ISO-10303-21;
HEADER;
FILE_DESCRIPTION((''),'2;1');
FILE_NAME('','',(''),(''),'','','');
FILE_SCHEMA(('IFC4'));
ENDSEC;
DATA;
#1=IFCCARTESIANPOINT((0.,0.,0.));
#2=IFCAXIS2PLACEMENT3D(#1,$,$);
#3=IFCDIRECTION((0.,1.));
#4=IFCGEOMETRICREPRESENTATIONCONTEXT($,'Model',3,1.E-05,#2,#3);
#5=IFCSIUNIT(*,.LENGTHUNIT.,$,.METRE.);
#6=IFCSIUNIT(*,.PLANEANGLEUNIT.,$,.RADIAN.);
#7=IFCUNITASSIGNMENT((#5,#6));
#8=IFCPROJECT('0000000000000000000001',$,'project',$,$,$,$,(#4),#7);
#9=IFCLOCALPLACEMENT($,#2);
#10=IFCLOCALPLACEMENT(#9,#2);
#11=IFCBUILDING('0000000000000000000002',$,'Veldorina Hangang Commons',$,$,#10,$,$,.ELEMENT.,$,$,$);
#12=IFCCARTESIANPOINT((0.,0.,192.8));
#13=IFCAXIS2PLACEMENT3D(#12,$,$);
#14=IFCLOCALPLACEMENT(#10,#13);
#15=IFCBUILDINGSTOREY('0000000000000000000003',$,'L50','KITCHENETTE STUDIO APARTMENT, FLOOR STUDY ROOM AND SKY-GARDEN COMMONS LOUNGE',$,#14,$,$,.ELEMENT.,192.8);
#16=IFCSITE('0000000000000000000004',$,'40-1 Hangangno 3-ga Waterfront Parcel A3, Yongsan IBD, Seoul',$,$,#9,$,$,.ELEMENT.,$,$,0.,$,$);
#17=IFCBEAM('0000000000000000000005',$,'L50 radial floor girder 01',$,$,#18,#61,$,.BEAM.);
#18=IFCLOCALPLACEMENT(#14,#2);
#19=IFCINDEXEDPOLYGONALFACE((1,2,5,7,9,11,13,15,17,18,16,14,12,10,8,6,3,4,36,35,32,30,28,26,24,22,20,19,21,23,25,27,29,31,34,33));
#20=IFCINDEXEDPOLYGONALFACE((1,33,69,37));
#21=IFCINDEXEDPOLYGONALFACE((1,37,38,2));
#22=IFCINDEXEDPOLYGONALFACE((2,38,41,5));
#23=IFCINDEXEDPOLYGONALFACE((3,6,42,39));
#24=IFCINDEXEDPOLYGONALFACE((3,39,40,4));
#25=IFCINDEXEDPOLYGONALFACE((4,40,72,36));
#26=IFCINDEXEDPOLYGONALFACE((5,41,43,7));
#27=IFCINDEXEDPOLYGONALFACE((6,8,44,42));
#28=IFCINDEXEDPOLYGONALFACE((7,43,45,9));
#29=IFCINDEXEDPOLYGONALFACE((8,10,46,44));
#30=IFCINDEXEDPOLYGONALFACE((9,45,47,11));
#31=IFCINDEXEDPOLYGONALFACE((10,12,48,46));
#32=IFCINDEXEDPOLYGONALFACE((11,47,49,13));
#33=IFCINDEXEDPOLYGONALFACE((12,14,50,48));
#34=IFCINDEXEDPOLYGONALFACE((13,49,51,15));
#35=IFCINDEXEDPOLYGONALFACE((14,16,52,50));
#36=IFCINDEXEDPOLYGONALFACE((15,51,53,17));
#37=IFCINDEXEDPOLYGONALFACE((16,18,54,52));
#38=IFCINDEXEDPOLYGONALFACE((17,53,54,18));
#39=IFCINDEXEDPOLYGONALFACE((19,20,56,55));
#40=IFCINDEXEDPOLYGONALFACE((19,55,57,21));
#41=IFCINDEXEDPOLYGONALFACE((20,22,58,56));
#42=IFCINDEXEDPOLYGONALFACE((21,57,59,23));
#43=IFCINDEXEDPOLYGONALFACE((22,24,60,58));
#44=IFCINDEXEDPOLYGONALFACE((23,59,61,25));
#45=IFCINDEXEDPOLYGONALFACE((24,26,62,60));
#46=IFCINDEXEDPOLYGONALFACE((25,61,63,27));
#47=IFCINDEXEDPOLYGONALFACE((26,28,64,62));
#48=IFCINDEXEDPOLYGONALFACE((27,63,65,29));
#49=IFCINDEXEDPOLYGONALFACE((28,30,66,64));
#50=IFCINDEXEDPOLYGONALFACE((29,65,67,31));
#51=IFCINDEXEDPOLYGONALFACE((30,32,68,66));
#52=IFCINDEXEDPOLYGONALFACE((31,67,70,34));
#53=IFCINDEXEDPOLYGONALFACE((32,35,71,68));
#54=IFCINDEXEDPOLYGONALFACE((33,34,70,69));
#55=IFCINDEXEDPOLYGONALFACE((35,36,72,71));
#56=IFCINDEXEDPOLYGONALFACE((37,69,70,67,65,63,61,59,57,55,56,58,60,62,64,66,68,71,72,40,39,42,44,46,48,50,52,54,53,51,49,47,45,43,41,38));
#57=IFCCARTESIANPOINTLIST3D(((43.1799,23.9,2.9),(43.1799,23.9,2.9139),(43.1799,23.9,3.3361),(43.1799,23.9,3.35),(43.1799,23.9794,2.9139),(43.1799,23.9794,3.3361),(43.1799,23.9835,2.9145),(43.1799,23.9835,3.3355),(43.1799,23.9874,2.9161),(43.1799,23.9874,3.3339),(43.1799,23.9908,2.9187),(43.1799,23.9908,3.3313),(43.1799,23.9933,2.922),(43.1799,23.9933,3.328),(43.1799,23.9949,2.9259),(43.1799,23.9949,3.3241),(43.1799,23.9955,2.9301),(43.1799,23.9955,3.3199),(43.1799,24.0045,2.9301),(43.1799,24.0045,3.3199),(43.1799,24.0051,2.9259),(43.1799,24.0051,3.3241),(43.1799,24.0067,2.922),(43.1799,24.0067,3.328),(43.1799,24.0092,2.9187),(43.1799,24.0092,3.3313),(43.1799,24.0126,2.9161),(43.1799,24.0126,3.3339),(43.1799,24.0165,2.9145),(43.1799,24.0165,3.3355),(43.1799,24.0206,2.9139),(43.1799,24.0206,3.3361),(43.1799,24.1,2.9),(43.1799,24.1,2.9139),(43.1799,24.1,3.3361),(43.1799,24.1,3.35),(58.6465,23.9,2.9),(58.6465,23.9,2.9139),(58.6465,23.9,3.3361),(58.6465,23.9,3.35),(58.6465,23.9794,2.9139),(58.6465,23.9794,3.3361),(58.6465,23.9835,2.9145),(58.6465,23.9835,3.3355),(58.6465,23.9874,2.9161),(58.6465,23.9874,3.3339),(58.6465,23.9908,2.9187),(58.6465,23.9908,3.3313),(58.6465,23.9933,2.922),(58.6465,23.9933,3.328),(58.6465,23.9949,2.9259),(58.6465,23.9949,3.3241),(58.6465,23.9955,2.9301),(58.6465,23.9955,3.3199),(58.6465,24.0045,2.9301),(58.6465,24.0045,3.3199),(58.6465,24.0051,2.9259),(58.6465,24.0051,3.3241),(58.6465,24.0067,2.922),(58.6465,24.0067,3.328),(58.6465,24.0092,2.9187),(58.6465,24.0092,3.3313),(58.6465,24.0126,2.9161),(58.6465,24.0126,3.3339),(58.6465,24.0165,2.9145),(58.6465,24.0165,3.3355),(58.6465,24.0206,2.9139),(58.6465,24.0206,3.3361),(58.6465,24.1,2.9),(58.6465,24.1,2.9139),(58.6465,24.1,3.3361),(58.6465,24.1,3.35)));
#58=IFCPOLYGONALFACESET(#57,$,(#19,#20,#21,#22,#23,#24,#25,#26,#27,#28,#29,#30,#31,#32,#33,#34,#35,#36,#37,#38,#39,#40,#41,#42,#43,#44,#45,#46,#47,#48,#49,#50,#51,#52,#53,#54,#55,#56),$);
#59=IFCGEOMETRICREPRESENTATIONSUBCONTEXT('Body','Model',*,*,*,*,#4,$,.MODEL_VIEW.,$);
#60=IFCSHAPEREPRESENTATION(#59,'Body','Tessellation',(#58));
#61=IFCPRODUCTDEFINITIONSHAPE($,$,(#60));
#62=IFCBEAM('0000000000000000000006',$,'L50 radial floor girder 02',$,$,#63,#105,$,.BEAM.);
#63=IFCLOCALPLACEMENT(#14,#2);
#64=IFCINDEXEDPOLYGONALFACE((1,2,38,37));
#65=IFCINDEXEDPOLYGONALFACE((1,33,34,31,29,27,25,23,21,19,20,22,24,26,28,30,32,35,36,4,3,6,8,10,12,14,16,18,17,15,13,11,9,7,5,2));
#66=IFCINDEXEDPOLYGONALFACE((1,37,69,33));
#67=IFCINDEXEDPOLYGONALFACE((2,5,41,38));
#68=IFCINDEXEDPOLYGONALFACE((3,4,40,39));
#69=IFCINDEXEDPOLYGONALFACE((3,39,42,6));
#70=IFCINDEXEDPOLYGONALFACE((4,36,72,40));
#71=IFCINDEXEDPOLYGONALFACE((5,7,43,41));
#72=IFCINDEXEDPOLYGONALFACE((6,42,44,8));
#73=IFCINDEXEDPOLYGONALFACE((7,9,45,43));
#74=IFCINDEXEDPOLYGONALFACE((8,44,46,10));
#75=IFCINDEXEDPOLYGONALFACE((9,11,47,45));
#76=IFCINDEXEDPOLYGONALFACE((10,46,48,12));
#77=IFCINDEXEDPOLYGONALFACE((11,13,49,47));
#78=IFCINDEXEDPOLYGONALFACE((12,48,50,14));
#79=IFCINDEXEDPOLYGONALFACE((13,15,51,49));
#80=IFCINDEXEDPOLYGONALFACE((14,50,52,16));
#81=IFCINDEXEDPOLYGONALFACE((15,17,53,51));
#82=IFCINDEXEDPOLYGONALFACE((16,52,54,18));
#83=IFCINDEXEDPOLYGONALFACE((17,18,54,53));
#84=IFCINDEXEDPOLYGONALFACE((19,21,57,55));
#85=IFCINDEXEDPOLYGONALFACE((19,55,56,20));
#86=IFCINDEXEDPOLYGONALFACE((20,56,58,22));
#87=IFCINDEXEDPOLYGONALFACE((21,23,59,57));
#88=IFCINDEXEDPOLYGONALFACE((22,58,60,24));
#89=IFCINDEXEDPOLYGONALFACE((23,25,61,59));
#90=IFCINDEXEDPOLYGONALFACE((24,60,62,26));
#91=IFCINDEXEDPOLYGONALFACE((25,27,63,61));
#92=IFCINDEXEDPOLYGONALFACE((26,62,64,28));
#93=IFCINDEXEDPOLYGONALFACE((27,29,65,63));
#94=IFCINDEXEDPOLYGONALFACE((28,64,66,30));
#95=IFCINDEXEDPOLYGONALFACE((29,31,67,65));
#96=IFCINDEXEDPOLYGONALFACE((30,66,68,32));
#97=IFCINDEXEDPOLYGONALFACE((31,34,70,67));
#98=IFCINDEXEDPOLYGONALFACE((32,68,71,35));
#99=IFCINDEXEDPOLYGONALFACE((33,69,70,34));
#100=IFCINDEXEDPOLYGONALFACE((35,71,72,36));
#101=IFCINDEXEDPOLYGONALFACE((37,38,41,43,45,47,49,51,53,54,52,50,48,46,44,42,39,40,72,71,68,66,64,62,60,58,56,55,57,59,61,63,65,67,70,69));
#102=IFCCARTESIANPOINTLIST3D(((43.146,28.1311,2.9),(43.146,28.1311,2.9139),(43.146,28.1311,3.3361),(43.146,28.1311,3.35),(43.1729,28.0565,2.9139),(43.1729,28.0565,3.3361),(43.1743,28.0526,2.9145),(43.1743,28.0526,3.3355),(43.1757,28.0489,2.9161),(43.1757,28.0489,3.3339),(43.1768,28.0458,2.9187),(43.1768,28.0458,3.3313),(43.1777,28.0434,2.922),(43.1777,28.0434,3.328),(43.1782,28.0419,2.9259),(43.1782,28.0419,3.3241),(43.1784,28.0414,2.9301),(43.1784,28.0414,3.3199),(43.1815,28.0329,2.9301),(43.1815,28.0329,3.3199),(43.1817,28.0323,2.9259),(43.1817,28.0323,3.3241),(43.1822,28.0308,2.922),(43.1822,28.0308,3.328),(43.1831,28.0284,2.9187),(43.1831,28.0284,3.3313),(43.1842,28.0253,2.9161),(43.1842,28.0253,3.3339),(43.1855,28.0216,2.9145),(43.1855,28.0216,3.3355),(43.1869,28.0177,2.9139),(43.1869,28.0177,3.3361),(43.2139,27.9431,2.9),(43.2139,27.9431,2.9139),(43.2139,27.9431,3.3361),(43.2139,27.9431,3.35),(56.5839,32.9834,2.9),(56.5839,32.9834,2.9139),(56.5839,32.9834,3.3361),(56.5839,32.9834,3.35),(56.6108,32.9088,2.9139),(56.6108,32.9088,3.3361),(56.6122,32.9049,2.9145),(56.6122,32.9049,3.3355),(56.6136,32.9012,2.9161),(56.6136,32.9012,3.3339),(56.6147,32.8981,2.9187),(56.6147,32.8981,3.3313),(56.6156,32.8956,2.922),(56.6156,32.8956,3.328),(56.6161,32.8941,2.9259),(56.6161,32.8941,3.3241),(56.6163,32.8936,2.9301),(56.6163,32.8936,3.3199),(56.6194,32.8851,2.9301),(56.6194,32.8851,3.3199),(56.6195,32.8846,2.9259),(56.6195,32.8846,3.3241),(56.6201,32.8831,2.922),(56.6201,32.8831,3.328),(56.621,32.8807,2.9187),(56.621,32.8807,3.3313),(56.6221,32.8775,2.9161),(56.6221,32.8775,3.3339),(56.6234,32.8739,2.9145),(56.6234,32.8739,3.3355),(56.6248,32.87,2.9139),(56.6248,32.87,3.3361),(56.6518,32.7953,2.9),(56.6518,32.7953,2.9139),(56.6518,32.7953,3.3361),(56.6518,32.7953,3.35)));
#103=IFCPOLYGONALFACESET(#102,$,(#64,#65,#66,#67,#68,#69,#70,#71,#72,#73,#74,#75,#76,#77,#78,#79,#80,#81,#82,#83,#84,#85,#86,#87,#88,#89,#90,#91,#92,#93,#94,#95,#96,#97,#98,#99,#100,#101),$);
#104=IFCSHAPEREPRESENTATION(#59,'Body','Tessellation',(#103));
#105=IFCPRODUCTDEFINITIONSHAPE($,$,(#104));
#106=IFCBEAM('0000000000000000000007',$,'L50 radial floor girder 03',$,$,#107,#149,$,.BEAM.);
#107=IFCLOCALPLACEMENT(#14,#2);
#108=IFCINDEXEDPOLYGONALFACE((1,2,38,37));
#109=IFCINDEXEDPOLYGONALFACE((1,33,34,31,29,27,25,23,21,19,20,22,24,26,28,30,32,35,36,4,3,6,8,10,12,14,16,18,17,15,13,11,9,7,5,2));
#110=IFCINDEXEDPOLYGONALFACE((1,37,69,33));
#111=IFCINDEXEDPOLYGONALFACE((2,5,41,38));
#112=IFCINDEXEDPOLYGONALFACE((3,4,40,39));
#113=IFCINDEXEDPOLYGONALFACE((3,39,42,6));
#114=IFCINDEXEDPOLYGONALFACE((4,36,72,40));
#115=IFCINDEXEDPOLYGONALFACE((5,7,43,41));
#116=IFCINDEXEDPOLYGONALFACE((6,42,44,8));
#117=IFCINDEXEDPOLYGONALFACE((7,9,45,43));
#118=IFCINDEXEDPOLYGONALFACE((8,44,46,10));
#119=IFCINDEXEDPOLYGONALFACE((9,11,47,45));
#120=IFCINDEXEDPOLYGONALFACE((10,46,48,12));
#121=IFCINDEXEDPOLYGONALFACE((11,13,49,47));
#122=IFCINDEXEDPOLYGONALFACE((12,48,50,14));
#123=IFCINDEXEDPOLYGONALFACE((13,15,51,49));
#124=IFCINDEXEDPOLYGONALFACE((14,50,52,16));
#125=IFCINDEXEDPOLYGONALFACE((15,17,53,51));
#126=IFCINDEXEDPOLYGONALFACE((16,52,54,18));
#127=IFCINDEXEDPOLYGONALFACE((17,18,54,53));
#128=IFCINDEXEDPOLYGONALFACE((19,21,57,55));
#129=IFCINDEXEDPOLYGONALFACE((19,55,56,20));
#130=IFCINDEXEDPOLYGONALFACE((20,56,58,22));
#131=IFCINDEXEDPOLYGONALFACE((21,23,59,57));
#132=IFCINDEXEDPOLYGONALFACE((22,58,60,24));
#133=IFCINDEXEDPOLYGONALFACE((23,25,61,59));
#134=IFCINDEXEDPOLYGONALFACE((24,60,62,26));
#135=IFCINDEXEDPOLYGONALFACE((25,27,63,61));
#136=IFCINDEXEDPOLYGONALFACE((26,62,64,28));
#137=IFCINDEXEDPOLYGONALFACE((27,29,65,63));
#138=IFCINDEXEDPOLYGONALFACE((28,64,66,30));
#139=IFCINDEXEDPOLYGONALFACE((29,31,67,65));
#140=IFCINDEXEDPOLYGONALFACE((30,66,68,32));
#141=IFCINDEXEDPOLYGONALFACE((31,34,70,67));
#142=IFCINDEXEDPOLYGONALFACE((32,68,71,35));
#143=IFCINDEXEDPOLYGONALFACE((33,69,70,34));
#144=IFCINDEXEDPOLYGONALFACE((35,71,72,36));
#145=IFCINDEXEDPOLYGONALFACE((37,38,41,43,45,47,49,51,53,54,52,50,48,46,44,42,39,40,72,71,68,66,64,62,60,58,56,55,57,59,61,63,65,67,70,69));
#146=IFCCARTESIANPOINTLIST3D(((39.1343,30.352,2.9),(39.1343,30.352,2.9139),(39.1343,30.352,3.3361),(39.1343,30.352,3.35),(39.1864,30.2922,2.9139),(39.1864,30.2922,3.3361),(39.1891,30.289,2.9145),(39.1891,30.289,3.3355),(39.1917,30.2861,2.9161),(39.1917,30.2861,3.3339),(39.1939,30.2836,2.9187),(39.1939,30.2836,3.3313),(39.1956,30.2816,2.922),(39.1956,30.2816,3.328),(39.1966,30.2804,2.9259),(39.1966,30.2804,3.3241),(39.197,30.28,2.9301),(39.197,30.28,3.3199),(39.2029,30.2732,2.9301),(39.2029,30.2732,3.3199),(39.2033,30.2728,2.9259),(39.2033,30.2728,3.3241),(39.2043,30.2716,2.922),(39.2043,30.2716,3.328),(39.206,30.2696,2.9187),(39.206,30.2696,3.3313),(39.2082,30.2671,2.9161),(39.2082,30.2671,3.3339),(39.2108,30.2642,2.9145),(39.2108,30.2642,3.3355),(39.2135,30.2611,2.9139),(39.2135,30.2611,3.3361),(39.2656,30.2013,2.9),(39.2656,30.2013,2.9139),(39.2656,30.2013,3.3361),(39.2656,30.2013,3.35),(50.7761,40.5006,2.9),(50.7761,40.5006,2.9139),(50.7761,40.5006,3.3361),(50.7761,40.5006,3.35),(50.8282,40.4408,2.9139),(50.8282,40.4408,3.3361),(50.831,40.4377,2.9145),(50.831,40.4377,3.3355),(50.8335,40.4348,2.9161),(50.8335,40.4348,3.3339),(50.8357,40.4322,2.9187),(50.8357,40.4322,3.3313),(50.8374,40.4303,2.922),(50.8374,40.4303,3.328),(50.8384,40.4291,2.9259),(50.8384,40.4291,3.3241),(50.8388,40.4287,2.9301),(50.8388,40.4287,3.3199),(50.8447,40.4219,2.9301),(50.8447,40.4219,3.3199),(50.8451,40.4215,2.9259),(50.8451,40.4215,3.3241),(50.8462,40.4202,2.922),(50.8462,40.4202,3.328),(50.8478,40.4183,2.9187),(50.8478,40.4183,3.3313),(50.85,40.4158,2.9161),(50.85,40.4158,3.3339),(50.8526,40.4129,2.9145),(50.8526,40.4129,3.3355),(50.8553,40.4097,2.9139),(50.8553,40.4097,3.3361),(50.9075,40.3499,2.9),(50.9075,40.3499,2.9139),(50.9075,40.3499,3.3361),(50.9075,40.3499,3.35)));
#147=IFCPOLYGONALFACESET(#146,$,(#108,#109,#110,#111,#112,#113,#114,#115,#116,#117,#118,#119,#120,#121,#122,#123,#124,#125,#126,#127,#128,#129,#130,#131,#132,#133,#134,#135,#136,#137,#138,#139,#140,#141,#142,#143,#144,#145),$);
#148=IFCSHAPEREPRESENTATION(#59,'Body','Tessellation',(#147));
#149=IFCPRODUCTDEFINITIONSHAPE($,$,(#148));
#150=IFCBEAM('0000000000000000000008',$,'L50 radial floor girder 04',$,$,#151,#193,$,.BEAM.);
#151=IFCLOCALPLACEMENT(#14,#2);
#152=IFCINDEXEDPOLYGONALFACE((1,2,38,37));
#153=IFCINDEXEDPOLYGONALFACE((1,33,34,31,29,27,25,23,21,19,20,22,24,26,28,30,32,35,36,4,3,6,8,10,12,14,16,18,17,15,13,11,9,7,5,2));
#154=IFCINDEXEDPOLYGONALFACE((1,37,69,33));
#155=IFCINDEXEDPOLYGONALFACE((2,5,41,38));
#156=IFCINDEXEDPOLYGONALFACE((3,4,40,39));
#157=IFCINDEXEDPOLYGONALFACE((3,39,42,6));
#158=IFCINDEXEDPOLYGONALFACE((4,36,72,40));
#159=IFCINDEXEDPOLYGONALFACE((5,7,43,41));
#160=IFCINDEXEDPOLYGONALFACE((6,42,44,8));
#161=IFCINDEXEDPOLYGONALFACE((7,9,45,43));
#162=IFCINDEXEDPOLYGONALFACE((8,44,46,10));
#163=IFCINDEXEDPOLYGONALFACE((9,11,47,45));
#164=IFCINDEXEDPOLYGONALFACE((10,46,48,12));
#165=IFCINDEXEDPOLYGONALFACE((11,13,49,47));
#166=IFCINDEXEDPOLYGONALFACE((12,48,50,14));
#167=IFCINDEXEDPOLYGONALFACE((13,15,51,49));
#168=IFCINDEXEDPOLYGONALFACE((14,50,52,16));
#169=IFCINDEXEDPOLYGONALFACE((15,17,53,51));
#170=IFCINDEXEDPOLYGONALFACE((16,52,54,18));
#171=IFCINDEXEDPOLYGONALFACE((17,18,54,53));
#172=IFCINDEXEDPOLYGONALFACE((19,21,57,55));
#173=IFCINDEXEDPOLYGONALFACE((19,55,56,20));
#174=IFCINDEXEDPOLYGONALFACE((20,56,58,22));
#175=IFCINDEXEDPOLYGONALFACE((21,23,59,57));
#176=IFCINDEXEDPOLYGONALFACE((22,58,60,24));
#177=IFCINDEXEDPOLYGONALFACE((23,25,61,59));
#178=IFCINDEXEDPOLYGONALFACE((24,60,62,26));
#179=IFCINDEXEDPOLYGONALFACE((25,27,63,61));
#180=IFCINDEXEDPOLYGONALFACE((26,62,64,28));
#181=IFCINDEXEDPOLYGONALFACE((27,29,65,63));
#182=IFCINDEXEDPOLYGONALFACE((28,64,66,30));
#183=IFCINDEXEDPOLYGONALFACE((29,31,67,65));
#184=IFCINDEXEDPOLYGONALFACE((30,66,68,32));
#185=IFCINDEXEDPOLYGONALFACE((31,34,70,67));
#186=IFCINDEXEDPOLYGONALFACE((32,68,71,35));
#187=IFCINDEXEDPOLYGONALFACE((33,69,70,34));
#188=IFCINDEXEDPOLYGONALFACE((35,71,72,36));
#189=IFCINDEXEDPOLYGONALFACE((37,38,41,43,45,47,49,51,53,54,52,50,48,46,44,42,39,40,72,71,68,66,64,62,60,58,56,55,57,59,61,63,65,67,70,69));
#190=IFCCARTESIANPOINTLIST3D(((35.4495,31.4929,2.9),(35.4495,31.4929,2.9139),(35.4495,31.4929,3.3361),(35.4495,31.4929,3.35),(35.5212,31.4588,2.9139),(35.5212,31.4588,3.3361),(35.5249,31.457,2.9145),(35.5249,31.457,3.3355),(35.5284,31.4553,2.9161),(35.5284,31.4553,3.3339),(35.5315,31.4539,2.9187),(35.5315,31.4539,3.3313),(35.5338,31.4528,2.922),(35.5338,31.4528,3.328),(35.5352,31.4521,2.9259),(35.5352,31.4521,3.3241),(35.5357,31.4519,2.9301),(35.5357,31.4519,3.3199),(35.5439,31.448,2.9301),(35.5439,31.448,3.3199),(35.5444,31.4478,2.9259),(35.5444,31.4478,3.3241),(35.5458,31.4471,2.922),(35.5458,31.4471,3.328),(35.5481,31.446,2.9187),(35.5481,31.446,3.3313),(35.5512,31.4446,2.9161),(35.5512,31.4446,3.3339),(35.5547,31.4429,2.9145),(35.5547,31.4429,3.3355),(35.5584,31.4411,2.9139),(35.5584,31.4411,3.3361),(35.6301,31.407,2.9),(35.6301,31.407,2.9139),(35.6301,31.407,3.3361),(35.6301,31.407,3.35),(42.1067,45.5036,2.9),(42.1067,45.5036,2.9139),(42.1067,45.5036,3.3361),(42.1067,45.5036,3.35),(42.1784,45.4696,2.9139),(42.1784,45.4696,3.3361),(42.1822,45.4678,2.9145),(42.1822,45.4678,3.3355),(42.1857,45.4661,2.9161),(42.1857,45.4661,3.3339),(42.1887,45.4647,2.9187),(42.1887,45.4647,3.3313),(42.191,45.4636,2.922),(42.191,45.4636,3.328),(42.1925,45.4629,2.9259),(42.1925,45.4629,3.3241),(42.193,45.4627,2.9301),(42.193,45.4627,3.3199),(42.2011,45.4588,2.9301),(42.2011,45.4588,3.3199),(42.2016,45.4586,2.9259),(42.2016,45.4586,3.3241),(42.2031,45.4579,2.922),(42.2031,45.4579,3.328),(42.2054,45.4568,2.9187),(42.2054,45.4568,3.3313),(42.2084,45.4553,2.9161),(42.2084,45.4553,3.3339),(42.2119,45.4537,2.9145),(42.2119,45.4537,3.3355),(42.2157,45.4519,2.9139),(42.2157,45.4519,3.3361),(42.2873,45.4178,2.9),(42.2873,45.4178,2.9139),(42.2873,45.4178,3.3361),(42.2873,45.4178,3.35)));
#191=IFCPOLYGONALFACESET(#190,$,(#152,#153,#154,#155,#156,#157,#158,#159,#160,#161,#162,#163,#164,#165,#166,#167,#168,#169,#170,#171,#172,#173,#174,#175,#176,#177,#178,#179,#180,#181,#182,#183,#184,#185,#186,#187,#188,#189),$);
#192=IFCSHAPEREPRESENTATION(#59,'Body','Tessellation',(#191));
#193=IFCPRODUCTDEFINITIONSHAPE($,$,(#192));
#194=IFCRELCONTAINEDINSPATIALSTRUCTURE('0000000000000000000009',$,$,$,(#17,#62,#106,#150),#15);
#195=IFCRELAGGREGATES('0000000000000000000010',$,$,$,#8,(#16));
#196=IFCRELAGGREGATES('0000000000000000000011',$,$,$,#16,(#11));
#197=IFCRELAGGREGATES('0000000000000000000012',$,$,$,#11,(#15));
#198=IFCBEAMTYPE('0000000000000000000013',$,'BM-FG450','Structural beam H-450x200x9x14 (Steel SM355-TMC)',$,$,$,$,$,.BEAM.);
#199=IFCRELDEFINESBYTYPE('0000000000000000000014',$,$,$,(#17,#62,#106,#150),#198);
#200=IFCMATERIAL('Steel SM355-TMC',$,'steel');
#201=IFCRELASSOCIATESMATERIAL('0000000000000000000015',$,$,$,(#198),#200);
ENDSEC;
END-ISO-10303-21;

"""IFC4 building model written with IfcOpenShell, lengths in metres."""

from ifc_helpers import new_model, si_unit, direction, frame, origin, origin_2d, place, context, subcontext, project, spatial, i_section, extrude, material, material_profile, profile_set, type_object, element, save


model = new_model("IFC4")

# Units and contexts
model_context = context("Model", 3, precision=1e-05, world=origin(), true_north=direction((0.0, 1.0)))
body_context = subcontext(model_context, "Body", "Model", "MODEL_VIEW")
ifc_project = project(units=[si_unit("LENGTHUNIT", "METRE"), si_unit("PLANEANGLEUNIT", "RADIAN")], contexts=[model_context])

# Site, building, storey
site_placement = place(None, origin())
site = spatial("IfcSite", under=ifc_project, at=site_placement, Name="40-1 Hangangno 3-ga Waterfront Parcel A3, Yongsan IBD, Seoul", CompositionType="ELEMENT", RefElevation=0.0)
building_placement = place(site_placement, origin())
building = spatial("IfcBuilding", under=site, at=building_placement, Name="Veldorina Hangang Commons", CompositionType="ELEMENT")
storey_placement = place(building_placement, frame((0.0, 0.0, 192.8)))
storey = spatial("IfcBuildingStorey", under=building, at=storey_placement, Name="L50", Description="KITCHENETTE STUDIO APARTMENT, FLOOR STUDY ROOM AND SKY-GARDEN COMMONS LOUNGE", CompositionType="ELEMENT", Elevation=192.8)

# Beams
ifc_material_1 = material(Name="Steel SM355-TMC", Category="steel")
ifc_material_profile = material_profile(ifc_material_1, i_section(OverallWidth=0.2, OverallDepth=0.45, WebThickness=0.009, FlangeThickness=0.0139, FilletRadius=0.0161, at=origin_2d()), Name="H-450x200x9x14")
ifc_profile_set = profile_set([ifc_material_profile], Name="Steel SM355-TMC")
beam_type = type_object("IfcBeamType", Name="BM-FG450", Description="Structural beam H-450x200x9x14 (Steel SM355-TMC)", PredefinedType="BEAM", material=ifc_profile_set)
beam_1_placement = place(storey_placement, frame((43.1799, 24.0, 3.125), z_axis=(1.0, 0.0, 0.0), x_axis=(0.0, 1.0, 0.0)))
element("IfcBeam", 1, at=beam_1_placement, inside=storey, type_object=beam_type, Name="L50 radial floor girder 01", PredefinedType="BEAM", context=body_context, shape_type="SweptSolid", body=[
    extrude(i_section(OverallWidth=0.2, OverallDepth=0.45, WebThickness=0.009, FlangeThickness=0.0139, FilletRadius=0.0161, at=origin_2d()), origin(), (0.0, 0.0, 1.0), 15.4666),
])
beam_2_placement = place(storey_placement, frame((43.1799, 28.0371, 3.125), z_axis=(0.940561, 0.339625, 0.0), x_axis=(-0.339625, 0.940561, 0.0)))
element("IfcBeam", 2, at=beam_2_placement, inside=storey, type_object=beam_type, Name="L50 radial floor girder 02", PredefinedType="BEAM", context=body_context, shape_type="SweptSolid", body=[
    extrude(i_section(OverallWidth=0.2, OverallDepth=0.45, WebThickness=0.009, FlangeThickness=0.0139, FilletRadius=0.0161, at=origin_2d()), origin(), (0.0, 0.0, 1.0), 14.2871),
])
beam_3_placement = place(storey_placement, frame((39.2, 30.2766, 3.125), z_axis=(0.753793, 0.657112, 0.0), x_axis=(-0.657112, 0.753793, 0.0)))
element("IfcBeam", 3, at=beam_3_placement, inside=storey, type_object=beam_type, Name="L50 radial floor girder 03", PredefinedType="BEAM", context=body_context, shape_type="SweptSolid", body=[
    extrude(i_section(OverallWidth=0.2, OverallDepth=0.45, WebThickness=0.009, FlangeThickness=0.0139, FilletRadius=0.0161, at=origin_2d()), origin(), (0.0, 0.0, 1.0), 15.4443),
])
beam_4_placement = place(storey_placement, frame((35.5398, 31.45, 3.125), z_axis=(0.429169, 0.903224, 0.0), x_axis=(-0.903224, 0.429169, 0.0)))
element("IfcBeam", 4, at=beam_4_placement, inside=storey, type_object=beam_type, Name="L50 radial floor girder 04", PredefinedType="BEAM", context=body_context, shape_type="SweptSolid", body=[
    extrude(i_section(OverallWidth=0.2, OverallDepth=0.45, WebThickness=0.009, FlangeThickness=0.0139, FilletRadius=0.0161, at=origin_2d()), origin(), (0.0, 0.0, 1.0), 15.512),
])

save(model, "model.ifc")
